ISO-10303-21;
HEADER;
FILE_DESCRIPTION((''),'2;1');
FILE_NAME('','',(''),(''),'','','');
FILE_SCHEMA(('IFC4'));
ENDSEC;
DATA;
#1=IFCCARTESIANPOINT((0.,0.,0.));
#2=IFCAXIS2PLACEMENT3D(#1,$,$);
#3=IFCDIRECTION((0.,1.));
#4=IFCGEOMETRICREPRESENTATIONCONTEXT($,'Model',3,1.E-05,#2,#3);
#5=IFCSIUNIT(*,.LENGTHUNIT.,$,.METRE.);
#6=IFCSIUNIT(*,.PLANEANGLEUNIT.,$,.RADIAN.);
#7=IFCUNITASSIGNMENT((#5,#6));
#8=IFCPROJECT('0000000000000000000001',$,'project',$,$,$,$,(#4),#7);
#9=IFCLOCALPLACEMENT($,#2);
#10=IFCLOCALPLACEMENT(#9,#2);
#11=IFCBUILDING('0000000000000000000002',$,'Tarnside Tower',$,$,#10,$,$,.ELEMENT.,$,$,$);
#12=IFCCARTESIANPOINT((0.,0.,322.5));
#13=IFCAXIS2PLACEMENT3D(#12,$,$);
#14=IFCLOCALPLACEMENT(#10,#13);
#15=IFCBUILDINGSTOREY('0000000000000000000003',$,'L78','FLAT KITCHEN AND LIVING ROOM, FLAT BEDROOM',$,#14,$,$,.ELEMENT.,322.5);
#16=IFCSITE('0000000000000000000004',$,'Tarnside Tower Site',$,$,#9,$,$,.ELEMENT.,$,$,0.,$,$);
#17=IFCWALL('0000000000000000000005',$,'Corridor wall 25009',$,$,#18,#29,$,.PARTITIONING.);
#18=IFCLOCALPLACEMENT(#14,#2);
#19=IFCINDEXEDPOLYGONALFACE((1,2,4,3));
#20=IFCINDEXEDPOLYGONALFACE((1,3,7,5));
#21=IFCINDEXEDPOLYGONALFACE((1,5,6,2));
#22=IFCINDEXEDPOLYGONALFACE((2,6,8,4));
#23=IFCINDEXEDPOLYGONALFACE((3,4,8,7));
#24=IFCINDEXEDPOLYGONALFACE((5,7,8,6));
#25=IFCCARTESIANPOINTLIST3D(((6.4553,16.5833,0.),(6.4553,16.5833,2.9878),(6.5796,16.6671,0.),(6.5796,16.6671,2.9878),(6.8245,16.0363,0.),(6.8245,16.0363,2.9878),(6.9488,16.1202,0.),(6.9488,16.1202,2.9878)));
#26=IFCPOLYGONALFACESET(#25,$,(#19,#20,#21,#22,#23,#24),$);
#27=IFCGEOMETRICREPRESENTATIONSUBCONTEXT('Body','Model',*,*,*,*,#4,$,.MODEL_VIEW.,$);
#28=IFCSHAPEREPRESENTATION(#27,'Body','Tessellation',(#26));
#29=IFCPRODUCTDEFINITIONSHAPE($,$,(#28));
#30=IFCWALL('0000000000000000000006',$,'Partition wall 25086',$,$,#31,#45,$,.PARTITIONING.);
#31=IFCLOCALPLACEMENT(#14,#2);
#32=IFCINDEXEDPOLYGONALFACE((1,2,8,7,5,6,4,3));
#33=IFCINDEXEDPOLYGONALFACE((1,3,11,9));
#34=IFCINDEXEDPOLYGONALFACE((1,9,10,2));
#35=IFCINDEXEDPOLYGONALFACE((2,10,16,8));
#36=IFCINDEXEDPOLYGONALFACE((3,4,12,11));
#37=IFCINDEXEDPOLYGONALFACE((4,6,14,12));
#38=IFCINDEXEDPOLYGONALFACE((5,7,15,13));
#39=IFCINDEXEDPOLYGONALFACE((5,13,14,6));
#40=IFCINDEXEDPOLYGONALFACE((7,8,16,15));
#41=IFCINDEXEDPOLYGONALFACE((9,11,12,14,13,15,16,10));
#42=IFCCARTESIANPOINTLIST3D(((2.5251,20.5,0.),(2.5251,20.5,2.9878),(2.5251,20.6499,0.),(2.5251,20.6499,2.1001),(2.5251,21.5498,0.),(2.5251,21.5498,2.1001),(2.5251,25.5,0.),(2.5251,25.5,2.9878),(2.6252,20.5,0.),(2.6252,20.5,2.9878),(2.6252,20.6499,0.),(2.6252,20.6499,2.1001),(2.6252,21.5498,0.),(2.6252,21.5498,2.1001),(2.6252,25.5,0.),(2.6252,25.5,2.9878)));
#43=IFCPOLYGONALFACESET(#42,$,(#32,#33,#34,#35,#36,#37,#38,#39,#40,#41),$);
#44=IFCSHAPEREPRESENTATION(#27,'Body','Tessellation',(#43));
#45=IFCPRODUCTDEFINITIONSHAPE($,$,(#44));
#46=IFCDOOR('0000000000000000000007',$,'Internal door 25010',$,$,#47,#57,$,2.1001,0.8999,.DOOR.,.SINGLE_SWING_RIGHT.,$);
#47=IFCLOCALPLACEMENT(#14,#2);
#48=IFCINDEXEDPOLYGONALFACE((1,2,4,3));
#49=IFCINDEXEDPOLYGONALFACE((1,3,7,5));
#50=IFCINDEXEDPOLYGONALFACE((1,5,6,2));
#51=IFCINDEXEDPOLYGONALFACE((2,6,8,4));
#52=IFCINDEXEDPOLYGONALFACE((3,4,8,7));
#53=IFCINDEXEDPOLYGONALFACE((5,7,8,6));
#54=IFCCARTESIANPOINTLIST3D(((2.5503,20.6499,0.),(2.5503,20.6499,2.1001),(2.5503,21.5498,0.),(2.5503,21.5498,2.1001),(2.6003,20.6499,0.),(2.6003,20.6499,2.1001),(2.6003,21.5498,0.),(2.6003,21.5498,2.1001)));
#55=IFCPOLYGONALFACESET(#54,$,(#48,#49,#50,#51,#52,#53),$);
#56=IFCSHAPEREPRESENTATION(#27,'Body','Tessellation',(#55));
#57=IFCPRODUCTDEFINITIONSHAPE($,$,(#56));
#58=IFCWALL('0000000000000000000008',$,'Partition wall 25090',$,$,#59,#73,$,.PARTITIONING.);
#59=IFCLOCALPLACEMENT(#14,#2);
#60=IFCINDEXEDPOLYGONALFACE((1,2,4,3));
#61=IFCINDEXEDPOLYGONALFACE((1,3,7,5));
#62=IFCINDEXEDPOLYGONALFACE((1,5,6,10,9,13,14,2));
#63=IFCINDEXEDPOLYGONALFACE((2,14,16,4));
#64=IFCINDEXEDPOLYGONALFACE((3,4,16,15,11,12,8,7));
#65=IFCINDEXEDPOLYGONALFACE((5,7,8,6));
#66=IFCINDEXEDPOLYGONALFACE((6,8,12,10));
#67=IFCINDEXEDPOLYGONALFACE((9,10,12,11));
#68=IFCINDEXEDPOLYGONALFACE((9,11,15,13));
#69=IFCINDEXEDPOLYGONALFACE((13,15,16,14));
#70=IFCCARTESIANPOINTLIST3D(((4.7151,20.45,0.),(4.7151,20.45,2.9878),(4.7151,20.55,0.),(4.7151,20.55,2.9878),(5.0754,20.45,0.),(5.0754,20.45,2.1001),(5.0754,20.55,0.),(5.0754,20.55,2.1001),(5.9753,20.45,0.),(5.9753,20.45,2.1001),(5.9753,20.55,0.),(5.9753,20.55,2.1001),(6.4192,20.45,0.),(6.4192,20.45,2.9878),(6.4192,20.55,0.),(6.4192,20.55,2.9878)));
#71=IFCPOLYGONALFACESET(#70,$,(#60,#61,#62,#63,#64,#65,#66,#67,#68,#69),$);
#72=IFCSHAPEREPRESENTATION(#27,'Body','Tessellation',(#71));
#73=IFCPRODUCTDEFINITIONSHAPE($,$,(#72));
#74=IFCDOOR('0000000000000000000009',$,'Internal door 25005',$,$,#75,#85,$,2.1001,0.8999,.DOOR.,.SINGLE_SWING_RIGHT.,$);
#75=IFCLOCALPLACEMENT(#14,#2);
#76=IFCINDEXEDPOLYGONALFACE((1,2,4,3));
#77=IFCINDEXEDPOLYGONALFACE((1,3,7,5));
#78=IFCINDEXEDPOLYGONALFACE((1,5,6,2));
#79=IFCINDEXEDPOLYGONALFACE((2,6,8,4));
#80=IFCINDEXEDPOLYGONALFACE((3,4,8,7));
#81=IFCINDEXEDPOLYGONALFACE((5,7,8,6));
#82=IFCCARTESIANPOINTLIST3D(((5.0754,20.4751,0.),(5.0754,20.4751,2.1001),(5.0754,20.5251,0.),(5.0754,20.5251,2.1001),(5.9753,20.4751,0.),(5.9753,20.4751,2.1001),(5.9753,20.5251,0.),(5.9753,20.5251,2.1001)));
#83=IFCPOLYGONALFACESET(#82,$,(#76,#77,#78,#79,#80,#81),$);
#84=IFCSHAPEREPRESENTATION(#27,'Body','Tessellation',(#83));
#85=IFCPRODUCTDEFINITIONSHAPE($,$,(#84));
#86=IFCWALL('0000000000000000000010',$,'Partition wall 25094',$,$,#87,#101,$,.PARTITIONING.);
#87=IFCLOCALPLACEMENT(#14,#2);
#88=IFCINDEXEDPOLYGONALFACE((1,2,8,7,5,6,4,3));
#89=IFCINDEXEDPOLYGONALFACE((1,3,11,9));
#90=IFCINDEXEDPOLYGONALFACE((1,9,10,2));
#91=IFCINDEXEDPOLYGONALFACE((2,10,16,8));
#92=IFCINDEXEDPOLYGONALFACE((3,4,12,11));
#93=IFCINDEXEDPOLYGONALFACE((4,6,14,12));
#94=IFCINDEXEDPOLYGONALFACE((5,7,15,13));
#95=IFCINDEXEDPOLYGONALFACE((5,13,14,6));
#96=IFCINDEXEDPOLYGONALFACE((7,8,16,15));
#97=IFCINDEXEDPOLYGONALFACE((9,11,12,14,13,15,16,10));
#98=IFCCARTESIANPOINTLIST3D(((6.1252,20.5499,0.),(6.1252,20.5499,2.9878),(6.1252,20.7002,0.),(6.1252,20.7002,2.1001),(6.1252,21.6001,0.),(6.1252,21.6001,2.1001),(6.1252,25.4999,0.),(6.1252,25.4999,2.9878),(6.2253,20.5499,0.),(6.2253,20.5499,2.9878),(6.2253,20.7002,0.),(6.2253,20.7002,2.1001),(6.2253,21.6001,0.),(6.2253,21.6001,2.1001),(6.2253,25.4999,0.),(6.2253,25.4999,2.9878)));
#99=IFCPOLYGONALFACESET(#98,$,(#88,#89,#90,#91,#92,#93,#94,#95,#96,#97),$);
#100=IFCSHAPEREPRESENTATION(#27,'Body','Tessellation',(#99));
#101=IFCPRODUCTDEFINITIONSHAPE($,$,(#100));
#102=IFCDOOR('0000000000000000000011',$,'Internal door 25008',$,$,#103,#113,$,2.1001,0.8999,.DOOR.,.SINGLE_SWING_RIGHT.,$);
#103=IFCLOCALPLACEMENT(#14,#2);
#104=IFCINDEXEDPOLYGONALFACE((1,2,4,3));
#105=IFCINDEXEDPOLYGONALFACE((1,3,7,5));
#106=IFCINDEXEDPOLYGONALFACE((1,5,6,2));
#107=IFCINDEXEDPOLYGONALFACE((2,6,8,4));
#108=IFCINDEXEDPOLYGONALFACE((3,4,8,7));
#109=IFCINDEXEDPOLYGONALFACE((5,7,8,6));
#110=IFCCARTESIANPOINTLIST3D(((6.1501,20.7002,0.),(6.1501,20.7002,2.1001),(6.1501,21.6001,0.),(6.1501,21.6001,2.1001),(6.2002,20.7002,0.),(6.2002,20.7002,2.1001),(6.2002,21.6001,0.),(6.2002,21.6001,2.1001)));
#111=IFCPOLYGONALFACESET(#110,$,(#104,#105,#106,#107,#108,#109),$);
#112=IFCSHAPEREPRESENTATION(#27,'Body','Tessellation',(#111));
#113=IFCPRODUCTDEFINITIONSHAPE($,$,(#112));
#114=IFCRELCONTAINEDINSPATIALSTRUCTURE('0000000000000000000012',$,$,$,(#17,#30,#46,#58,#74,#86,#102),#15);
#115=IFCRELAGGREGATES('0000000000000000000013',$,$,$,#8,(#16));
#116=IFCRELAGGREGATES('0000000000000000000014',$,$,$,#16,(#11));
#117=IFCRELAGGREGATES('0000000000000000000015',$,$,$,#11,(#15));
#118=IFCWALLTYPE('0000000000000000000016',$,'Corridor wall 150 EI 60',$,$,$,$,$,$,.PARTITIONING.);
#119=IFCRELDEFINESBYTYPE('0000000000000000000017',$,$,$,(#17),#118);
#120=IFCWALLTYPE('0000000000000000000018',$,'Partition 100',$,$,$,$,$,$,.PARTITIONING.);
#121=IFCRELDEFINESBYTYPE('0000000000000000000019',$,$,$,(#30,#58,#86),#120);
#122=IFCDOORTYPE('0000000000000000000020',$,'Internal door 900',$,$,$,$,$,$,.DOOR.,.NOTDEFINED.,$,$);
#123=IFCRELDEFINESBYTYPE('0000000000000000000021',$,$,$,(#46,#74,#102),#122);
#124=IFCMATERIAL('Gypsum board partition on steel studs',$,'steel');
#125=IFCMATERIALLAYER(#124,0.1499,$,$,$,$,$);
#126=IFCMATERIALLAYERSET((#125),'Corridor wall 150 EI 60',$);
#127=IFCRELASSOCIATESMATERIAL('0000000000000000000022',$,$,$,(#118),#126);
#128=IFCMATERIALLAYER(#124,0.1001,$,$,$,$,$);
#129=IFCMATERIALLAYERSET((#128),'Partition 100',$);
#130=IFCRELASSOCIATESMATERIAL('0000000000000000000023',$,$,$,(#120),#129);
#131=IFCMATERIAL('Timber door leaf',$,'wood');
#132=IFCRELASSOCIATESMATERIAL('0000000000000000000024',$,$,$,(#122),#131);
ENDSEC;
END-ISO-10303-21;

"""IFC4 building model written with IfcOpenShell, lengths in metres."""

from ifc_helpers import new_model, si_unit, direction, frame, frame_2d, origin, place, context, subcontext, project, spatial, rectangle, extrude, material, layer, layer_set, type_object, element, fill, save


model = new_model("IFC4")

# Units and contexts
model_context = context("Model", 3, precision=1e-05, world=origin(), true_north=direction((0.0, 1.0)))
body_context = subcontext(model_context, "Body", "Model", "MODEL_VIEW")
ifc_project = project(units=[si_unit("LENGTHUNIT", "METRE"), si_unit("PLANEANGLEUNIT", "RADIAN")], contexts=[model_context])

# Site, building, storey
site_placement = place(None, origin())
site = spatial("IfcSite", under=ifc_project, at=site_placement, Name="Tarnside Tower Site", CompositionType="ELEMENT", RefElevation=0.0)
building_placement = place(site_placement, origin())
building = spatial("IfcBuilding", under=site, at=building_placement, Name="Tarnside Tower", CompositionType="ELEMENT")
storey_placement = place(building_placement, frame((0.0, 0.0, 322.5)))
storey = spatial("IfcBuildingStorey", under=building, at=storey_placement, Name="L78", Description="FLAT KITCHEN AND LIVING ROOM, FLAT BEDROOM", CompositionType="ELEMENT", Elevation=322.5)

# Shared definitions
ifc_material_1 = material(Name="Gypsum board partition on steel studs", Category="steel")

# Shared definitions
ifc_material_2 = material(Name="Timber door leaf", Category="wood")

# Shared definitions
ifc_layer_1 = layer(ifc_material_1, 0.1499)
ifc_layer_set_1 = layer_set([ifc_layer_1], Name="Corridor wall 150 EI 60")
wall_type_1 = type_object("IfcWallType", Name="Corridor wall 150 EI 60", PredefinedType="PARTITIONING", material=ifc_layer_set_1)

# Wall
wall_1_placement = place(storey_placement, frame((6.8867, 16.0781, 0.0), z_axis=(0.0, 0.0, 1.0), x_axis=(-0.559473, 0.828849, 0.0)))
element("IfcWall", 1, at=wall_1_placement, inside=storey, type_object=wall_type_1, Name="Corridor wall 25009", PredefinedType="PARTITIONING", context=body_context, shape_type="SweptSolid", body=[
    extrude(rectangle(XDim=0.6599, YDim=0.1499, at=frame_2d((0.3301, 0.0))), origin(), (0.0, 0.0, 1.0), 2.9878),
])

# Walls, openings, doors
ifc_layer_2 = layer(ifc_material_1, 0.1001)
ifc_layer_set_2 = layer_set([ifc_layer_2], Name="Partition 100")
wall_type_2 = type_object("IfcWallType", Name="Partition 100", PredefinedType="PARTITIONING", material=ifc_layer_set_2)
wall_2_placement = place(storey_placement, frame((2.5752, 20.5, 0.0), z_axis=(0.0, 0.0, 1.0), x_axis=(0.0, 1.0, 0.0)))
wall_2 = element("IfcWall", 2, at=wall_2_placement, inside=storey, type_object=wall_type_2, Name="Partition wall 25086", PredefinedType="PARTITIONING", context=body_context, shape_type="SweptSolid", body=[
    extrude(rectangle(XDim=5.0, YDim=0.1001, at=frame_2d((2.5, 0.0))), origin(), (0.0, 0.0, 1.0), 2.9878),
])
opening_1_placement = place(wall_2_placement, frame((0.1499, 0.0, 0.0)))
opening_1 = element("IfcOpeningElement", 3, at=opening_1_placement, cuts=wall_2, PredefinedType="OPENING", context=body_context, shape_type="SweptSolid", body=[
    extrude(rectangle(XDim=0.8999, YDim=2.1001, at=frame_2d((0.45, 1.05))), frame((0.0, 0.0601, 0.0), z_axis=(0.0, -1.0, 0.0), x_axis=(1.0, 0.0, 0.0)), (0.0, 0.0, 1.0), 0.1201),
])
door_type_1 = type_object("IfcDoorType", Name="Internal door 900", OperationType="NOTDEFINED", PredefinedType="DOOR", material=ifc_material_2)
door_1_placement = place(opening_1_placement, origin())
door_1 = element("IfcDoor", 4, at=door_1_placement, inside=storey, type_object=door_type_1, Name="Internal door 25010", OperationType="SINGLE_SWING_RIGHT", OverallHeight=2.1001, OverallWidth=0.8999, PredefinedType="DOOR", context=body_context, shape_type="SweptSolid", body=[
    extrude(rectangle(XDim=0.8999, YDim=2.1001, at=frame_2d((0.45, 1.05))), frame((0.0, 0.0249, 0.0), z_axis=(0.0, -1.0, 0.0), x_axis=(1.0, 0.0, 0.0)), (0.0, 0.0, 1.0), 0.05),
])
fill(opening_1, door_1)
wall_3_placement = place(storey_placement, frame((6.4192, 20.5, 0.0), z_axis=(0.0, 0.0, 1.0), x_axis=(-1.0, 0.0, 0.0)))
wall_3 = element("IfcWall", 5, at=wall_3_placement, inside=storey, type_object=wall_type_2, Name="Partition wall 25090", PredefinedType="PARTITIONING", context=body_context, shape_type="SweptSolid", body=[
    extrude(rectangle(XDim=1.7041, YDim=0.1001, at=frame_2d((0.8521, 0.0))), origin(), (0.0, 0.0, 1.0), 2.9878),
])
opening_2_placement = place(wall_3_placement, frame((0.4438, 0.0, 0.0)))
opening_2 = element("IfcOpeningElement", 6, at=opening_2_placement, cuts=wall_3, PredefinedType="OPENING", context=body_context, shape_type="SweptSolid", body=[
    extrude(rectangle(XDim=0.8999, YDim=2.1001, at=frame_2d((0.45, 1.05))), frame((0.0, 0.0601, 0.0), z_axis=(0.0, -1.0, 0.0), x_axis=(1.0, 0.0, 0.0)), (0.0, 0.0, 1.0), 0.1201),
])
door_2_placement = place(opening_2_placement, origin())
door_2 = element("IfcDoor", 7, at=door_2_placement, inside=storey, type_object=door_type_1, Name="Internal door 25005", OperationType="SINGLE_SWING_RIGHT", OverallHeight=2.1001, OverallWidth=0.8999, PredefinedType="DOOR", context=body_context, shape_type="SweptSolid", body=[
    extrude(rectangle(XDim=0.8999, YDim=2.1001, at=frame_2d((0.45, 1.05))), frame((0.0, 0.0249, 0.0), z_axis=(0.0, -1.0, 0.0), x_axis=(1.0, 0.0, 0.0)), (0.0, 0.0, 1.0), 0.05),
])
fill(opening_2, door_2)
wall_4_placement = place(storey_placement, frame((6.1753, 25.5, 0.0), z_axis=(0.0, 0.0, 1.0), x_axis=(0.0, -1.0, 0.0)))
wall_4 = element("IfcWall", 8, at=wall_4_placement, inside=storey, type_object=wall_type_2, Name="Partition wall 25094", PredefinedType="PARTITIONING", context=body_context, shape_type="SweptSolid", body=[
    extrude(rectangle(XDim=4.95, YDim=0.1001, at=frame_2d((2.4751, 0.0))), origin(), (0.0, 0.0, 1.0), 2.9878),
])
opening_3_placement = place(wall_4_placement, frame((3.8999, 0.0, 0.0)))
opening_3 = element("IfcOpeningElement", 9, at=opening_3_placement, cuts=wall_4, PredefinedType="OPENING", context=body_context, shape_type="SweptSolid", body=[
    extrude(rectangle(XDim=0.8999, YDim=2.1001, at=frame_2d((0.45, 1.05))), frame((0.0, 0.0601, 0.0), z_axis=(0.0, -1.0, 0.0), x_axis=(1.0, 0.0, 0.0)), (0.0, 0.0, 1.0), 0.1201),
])
door_3_placement = place(opening_3_placement, origin())
door_3 = element("IfcDoor", 10, at=door_3_placement, inside=storey, type_object=door_type_1, Name="Internal door 25008", OperationType="SINGLE_SWING_RIGHT", OverallHeight=2.1001, OverallWidth=0.8999, PredefinedType="DOOR", context=body_context, shape_type="SweptSolid", body=[
    extrude(rectangle(XDim=0.8999, YDim=2.1001, at=frame_2d((0.45, 1.05))), frame((0.0, 0.0249, 0.0), z_axis=(0.0, -1.0, 0.0), x_axis=(1.0, 0.0, 0.0)), (0.0, 0.0, 1.0), 0.05),
])
fill(opening_3, door_3)

save(model, "model.ifc")
